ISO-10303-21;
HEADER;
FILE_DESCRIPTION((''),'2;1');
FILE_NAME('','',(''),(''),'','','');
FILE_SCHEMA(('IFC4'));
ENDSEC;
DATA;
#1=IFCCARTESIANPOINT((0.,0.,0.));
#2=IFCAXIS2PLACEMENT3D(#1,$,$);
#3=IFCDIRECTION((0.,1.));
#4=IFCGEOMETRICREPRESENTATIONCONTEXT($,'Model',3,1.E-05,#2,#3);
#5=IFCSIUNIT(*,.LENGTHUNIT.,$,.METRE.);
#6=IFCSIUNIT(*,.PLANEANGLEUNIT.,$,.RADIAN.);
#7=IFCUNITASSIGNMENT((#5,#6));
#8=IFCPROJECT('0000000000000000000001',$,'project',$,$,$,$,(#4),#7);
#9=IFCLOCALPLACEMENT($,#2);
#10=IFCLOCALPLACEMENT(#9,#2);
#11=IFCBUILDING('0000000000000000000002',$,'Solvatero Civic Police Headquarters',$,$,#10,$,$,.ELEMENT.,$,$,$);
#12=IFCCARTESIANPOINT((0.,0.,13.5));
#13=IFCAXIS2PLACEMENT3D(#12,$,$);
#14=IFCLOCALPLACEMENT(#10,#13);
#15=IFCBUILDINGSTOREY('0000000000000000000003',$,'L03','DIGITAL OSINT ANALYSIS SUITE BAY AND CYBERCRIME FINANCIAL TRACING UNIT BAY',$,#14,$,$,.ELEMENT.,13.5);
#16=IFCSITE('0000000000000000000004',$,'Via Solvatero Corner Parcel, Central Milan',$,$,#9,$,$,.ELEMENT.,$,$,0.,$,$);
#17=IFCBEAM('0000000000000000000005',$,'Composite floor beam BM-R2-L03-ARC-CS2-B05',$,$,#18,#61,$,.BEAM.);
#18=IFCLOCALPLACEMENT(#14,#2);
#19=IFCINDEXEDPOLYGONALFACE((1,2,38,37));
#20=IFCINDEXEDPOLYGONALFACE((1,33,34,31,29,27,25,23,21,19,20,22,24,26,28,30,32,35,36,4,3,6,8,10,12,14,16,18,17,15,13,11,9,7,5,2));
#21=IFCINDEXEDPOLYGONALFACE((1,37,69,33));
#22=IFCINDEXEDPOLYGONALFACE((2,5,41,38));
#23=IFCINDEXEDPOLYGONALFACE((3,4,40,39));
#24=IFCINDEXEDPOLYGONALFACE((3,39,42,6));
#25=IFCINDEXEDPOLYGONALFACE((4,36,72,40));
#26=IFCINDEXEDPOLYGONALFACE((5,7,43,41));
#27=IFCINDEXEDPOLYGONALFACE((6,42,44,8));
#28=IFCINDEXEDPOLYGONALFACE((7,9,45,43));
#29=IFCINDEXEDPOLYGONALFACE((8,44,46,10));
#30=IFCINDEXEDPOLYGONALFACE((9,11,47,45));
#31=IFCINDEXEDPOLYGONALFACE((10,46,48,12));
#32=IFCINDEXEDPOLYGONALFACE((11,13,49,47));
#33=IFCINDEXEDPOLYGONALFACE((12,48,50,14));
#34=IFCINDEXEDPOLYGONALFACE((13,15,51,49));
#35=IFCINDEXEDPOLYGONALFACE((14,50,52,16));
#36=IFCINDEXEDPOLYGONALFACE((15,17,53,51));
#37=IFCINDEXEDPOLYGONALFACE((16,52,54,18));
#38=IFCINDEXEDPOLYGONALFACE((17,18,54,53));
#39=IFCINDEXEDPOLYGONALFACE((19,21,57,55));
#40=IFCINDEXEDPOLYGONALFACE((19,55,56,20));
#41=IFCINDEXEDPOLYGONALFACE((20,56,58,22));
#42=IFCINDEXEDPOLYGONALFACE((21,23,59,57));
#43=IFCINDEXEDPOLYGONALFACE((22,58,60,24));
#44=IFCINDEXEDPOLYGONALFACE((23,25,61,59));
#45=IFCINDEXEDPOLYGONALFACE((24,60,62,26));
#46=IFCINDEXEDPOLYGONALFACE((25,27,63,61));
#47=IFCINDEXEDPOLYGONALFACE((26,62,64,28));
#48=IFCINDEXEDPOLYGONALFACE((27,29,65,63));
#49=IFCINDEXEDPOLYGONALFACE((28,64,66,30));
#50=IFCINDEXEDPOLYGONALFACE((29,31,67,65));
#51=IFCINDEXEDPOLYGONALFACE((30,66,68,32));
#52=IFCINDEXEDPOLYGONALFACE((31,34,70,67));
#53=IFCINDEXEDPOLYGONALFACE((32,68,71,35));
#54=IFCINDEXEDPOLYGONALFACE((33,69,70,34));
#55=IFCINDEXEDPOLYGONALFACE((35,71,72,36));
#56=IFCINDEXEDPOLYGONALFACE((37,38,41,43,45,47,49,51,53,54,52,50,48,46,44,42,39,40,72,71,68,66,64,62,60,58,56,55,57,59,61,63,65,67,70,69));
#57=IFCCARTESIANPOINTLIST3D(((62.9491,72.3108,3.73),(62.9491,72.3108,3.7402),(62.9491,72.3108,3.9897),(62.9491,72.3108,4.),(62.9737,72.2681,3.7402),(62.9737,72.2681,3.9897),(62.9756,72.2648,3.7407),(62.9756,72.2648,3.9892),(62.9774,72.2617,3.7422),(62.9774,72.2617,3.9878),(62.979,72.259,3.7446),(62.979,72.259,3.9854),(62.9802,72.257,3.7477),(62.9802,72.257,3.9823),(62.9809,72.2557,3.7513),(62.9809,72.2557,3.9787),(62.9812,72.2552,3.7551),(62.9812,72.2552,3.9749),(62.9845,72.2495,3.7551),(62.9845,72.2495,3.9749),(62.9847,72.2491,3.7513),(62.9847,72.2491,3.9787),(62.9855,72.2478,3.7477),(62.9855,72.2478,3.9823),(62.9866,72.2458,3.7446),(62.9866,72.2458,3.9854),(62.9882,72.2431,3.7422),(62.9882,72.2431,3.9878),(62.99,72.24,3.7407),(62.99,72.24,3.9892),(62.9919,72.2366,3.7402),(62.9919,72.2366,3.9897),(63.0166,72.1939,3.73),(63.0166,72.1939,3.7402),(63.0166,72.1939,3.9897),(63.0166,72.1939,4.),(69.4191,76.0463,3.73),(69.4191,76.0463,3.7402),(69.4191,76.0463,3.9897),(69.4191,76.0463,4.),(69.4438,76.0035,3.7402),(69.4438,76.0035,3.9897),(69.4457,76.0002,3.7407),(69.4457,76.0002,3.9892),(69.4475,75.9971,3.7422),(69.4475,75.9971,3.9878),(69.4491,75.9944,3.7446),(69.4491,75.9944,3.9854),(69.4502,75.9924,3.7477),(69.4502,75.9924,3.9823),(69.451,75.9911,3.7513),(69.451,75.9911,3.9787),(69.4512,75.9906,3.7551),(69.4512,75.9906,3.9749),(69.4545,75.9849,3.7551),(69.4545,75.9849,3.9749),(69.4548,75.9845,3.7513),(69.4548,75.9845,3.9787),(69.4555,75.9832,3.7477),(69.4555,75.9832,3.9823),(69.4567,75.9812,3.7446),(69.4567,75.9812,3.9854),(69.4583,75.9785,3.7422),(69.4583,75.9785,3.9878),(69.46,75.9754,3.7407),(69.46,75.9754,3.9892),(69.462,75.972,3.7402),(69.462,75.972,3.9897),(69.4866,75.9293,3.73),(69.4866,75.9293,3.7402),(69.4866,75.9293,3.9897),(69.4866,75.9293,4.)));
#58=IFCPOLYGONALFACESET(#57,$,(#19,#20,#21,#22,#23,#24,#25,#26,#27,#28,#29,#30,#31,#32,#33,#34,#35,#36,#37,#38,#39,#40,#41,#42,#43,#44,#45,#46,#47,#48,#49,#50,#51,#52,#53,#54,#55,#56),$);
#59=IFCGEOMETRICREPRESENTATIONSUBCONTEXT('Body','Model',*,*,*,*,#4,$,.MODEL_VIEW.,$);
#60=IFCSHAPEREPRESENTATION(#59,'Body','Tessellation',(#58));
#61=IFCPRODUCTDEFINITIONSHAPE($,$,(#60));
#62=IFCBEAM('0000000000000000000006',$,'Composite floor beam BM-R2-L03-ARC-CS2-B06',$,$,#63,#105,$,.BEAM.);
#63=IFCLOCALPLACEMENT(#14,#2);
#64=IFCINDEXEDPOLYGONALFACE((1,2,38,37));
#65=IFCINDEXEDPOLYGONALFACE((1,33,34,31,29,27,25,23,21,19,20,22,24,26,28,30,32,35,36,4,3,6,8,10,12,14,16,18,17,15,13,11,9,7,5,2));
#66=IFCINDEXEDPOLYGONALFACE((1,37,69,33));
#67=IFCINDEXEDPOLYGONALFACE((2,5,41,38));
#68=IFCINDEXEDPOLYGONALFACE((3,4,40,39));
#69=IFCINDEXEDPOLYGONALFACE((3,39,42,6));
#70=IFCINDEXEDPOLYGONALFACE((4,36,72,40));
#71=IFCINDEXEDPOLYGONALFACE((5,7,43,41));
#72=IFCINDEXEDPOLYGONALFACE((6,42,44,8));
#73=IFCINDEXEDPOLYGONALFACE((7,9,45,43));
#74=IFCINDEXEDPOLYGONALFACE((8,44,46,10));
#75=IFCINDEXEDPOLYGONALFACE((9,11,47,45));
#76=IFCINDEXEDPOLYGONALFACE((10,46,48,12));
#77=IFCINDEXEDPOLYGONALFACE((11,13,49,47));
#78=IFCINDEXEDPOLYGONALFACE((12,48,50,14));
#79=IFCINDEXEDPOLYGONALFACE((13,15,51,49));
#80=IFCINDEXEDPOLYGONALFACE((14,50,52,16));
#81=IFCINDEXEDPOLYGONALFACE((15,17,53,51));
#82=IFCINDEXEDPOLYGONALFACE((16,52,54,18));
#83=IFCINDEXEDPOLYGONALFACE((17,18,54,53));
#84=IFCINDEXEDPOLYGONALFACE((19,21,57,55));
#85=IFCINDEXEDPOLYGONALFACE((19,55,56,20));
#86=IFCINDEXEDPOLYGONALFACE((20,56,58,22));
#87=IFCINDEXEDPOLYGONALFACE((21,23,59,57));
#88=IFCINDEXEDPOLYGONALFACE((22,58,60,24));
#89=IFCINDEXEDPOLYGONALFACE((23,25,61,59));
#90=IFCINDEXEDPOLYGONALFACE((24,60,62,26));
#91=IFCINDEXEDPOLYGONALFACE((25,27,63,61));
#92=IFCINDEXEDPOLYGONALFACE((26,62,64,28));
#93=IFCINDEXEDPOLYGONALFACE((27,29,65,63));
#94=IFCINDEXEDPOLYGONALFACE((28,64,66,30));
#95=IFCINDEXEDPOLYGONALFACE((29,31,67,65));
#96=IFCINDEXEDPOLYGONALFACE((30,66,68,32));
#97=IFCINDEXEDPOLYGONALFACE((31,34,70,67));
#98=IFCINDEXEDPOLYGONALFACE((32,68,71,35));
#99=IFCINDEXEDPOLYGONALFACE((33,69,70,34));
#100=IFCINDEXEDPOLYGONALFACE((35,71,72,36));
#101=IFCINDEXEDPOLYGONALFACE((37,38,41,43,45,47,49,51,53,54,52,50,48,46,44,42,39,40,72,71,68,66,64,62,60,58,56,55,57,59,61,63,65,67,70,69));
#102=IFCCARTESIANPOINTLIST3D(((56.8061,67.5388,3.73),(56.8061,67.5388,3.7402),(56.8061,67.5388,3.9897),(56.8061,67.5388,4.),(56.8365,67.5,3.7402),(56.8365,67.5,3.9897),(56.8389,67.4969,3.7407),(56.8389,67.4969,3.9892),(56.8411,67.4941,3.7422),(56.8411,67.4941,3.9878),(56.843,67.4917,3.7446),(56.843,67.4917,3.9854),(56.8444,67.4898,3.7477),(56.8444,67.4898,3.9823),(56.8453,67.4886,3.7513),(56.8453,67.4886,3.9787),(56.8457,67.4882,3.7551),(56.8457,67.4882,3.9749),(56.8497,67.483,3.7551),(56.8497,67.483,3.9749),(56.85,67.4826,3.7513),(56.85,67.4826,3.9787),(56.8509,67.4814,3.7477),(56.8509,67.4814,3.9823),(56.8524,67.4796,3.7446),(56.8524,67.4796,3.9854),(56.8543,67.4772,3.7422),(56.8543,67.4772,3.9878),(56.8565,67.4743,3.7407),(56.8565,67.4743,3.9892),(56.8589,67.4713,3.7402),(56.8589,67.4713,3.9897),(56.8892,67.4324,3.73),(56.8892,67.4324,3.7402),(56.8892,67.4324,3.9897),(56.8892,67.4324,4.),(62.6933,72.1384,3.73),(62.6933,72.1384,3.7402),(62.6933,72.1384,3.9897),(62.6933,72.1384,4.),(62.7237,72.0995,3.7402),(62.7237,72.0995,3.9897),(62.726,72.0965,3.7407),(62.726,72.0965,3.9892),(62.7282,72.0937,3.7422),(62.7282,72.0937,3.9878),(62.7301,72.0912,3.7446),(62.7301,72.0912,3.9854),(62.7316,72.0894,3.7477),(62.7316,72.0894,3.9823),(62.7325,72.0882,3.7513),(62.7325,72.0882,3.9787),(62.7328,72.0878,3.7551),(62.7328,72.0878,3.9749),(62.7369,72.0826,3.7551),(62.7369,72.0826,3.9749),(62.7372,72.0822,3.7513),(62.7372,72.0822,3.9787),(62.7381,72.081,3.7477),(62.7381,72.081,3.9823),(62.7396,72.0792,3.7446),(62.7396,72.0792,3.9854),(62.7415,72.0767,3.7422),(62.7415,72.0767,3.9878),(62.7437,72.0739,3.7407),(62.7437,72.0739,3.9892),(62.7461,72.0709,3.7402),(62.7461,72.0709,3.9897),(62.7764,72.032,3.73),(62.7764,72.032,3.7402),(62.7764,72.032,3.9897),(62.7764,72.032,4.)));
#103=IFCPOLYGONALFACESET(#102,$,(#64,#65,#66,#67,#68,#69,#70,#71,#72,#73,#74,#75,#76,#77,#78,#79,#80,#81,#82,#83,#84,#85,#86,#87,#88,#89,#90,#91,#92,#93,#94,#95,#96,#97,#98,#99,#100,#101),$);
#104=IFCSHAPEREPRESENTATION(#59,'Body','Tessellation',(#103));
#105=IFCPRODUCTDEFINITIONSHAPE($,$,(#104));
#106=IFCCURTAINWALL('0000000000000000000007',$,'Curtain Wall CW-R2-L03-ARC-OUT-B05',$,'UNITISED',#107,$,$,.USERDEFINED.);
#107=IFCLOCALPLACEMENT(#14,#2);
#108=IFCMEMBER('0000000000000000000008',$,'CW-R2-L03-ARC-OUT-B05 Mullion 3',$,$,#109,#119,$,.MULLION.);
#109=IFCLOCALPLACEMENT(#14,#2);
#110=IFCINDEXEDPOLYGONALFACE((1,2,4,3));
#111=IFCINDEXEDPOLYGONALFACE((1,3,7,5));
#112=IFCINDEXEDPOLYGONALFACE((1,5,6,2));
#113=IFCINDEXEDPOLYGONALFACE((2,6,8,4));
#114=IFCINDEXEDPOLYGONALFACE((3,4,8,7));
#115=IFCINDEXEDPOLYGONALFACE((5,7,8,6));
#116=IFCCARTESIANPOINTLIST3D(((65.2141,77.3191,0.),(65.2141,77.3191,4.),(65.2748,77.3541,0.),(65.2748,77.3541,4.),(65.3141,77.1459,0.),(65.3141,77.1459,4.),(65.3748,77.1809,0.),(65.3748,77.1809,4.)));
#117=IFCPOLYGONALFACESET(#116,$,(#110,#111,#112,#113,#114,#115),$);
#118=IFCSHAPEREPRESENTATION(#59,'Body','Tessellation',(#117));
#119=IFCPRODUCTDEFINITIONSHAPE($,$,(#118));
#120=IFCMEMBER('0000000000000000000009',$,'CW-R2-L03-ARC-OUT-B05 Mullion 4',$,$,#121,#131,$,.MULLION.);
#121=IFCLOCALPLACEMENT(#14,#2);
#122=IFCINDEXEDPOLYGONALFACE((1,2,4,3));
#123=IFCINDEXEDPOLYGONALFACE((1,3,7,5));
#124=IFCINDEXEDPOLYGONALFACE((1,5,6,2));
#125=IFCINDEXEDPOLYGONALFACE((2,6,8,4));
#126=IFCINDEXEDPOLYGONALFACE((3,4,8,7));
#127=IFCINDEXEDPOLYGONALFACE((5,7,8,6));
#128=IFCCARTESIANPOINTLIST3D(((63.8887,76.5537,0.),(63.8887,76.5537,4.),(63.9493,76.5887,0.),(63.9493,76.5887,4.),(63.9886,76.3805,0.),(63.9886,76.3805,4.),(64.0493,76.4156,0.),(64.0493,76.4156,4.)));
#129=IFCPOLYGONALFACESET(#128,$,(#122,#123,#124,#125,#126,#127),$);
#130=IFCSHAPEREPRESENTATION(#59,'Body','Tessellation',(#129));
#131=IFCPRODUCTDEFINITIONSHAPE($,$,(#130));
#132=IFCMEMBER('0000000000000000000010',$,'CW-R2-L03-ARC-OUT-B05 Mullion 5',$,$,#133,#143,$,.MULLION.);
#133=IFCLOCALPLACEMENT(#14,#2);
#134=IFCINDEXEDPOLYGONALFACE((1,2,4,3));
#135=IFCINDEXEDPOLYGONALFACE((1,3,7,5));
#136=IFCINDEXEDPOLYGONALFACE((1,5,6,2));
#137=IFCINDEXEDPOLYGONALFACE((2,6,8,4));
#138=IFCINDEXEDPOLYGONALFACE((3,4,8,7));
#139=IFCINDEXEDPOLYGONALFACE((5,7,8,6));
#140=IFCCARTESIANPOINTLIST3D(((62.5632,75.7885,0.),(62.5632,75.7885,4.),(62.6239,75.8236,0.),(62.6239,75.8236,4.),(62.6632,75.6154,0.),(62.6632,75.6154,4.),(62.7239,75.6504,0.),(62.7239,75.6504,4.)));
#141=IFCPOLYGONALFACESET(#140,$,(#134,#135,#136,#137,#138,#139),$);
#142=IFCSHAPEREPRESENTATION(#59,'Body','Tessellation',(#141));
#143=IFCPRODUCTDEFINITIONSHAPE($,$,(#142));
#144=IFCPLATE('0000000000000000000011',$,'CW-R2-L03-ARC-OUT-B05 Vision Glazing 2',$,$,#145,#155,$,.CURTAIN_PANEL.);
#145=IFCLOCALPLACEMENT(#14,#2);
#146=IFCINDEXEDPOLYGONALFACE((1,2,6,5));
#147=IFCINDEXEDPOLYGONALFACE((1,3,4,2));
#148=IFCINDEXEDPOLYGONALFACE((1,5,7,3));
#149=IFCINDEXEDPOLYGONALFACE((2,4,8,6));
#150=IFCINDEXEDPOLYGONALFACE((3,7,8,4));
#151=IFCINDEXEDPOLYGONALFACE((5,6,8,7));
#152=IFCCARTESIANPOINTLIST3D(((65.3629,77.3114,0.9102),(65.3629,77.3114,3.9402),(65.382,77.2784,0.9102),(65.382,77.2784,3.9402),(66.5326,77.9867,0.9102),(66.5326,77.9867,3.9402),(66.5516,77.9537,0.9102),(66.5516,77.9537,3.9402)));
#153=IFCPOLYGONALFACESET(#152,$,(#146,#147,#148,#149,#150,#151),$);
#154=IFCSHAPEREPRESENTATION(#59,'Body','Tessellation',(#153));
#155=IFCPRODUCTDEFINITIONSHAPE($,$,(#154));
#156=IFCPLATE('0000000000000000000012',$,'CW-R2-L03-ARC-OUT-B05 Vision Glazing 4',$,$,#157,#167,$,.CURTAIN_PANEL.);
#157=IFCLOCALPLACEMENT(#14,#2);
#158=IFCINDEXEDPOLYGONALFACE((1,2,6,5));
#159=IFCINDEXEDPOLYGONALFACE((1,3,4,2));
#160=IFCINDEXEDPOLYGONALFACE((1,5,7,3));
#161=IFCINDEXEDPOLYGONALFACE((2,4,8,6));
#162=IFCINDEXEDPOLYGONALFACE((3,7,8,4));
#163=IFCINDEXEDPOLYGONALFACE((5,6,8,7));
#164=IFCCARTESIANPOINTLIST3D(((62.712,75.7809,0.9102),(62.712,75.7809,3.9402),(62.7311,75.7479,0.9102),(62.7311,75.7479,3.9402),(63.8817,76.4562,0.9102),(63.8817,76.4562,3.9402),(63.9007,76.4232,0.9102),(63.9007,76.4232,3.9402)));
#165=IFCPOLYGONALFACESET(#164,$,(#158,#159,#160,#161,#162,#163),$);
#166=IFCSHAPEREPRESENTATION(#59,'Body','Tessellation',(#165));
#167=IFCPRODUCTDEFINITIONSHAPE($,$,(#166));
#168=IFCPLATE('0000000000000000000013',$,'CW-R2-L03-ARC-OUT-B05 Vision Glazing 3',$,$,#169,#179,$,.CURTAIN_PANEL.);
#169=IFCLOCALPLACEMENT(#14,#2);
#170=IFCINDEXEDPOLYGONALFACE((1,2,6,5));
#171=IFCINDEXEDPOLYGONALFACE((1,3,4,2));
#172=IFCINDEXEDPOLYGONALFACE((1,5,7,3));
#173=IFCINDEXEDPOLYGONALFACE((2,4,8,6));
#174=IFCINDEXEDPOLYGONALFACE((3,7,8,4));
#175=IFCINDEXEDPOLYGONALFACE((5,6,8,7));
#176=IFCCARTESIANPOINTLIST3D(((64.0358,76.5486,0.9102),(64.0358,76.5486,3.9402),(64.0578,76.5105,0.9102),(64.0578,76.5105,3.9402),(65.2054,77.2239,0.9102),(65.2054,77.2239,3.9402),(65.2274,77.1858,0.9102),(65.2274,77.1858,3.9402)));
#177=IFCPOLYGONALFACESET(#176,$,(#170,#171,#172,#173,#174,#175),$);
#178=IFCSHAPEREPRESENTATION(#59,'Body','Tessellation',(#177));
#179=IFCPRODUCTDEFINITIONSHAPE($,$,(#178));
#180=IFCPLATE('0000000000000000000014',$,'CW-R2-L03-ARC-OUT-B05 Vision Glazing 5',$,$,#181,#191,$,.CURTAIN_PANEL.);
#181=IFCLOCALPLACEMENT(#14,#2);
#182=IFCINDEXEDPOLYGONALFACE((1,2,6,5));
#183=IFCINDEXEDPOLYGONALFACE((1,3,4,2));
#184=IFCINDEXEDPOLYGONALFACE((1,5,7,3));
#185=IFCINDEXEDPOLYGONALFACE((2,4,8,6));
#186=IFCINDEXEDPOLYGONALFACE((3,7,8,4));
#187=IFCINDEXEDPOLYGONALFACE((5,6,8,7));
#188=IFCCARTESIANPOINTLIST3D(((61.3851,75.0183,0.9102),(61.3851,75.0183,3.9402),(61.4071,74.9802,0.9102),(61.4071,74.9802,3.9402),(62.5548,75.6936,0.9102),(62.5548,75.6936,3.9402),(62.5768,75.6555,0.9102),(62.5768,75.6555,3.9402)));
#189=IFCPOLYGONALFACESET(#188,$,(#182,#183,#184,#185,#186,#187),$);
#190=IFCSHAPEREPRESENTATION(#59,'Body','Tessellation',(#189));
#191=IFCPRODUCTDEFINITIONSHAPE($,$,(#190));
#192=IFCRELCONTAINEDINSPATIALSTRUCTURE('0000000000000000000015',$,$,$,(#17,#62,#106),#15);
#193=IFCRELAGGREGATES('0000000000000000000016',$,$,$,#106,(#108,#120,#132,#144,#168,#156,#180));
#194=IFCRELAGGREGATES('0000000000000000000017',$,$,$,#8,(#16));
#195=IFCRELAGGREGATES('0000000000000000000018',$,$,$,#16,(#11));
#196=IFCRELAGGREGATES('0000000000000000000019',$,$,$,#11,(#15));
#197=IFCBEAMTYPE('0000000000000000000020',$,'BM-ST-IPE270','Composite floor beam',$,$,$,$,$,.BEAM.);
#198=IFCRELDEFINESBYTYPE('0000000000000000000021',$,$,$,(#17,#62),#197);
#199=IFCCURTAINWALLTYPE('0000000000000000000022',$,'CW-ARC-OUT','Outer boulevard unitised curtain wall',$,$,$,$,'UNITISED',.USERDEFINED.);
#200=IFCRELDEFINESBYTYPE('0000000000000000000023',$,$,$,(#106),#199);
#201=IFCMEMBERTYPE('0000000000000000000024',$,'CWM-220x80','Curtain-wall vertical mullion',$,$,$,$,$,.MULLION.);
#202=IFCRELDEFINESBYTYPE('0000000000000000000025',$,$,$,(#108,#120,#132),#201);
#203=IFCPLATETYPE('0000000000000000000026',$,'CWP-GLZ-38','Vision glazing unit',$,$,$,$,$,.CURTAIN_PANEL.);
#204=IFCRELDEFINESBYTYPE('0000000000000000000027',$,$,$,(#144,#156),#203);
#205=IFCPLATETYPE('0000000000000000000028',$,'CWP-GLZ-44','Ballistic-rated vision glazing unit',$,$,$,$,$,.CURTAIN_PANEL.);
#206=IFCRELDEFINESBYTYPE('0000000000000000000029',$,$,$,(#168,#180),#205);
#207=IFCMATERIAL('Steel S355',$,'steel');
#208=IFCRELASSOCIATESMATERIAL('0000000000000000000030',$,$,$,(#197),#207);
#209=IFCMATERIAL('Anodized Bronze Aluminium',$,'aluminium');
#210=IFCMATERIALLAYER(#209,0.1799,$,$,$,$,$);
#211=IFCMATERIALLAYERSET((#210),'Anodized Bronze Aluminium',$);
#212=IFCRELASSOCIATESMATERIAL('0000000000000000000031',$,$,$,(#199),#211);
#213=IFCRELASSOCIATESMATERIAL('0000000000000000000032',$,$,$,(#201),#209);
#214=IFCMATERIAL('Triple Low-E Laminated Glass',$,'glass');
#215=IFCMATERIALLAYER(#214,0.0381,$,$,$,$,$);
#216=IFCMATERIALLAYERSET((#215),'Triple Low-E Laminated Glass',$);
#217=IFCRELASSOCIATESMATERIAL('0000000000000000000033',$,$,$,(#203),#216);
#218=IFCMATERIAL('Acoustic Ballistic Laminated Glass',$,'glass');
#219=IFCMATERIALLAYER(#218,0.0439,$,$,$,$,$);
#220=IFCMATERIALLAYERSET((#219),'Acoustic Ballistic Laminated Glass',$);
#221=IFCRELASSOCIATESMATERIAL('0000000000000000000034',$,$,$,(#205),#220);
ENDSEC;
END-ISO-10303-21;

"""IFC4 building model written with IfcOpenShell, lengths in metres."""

from ifc_helpers import new_model, si_unit, direction, frame, origin, origin_2d, place, context, subcontext, project, spatial, rectangle, i_section, extrude, material, layer, layer_set, material_profile, profile_set, type_object, element, aggregate, save


model = new_model("IFC4")

# Units and contexts
model_context = context("Model", 3, precision=1e-05, world=origin(), true_north=direction((0.0, 1.0)))
body_context = subcontext(model_context, "Body", "Model", "MODEL_VIEW")
ifc_project = project(units=[si_unit("LENGTHUNIT", "METRE"), si_unit("PLANEANGLEUNIT", "RADIAN")], contexts=[model_context])

# Site, building, storey
site_placement = place(None, origin())
site = spatial("IfcSite", under=ifc_project, at=site_placement, Name="Via Solvatero Corner Parcel, Central Milan", CompositionType="ELEMENT", RefElevation=0.0)
building_placement = place(site_placement, origin())
building = spatial("IfcBuilding", under=site, at=building_placement, Name="Solvatero Civic Police Headquarters", CompositionType="ELEMENT")
storey_placement = place(building_placement, frame((0.0, 0.0, 13.5)))
storey = spatial("IfcBuildingStorey", under=building, at=storey_placement, Name="L03", Description="DIGITAL OSINT ANALYSIS SUITE BAY AND CYBERCRIME FINANCIAL TRACING UNIT BAY", CompositionType="ELEMENT", Elevation=13.5)

# Beams
ifc_material_1 = material(Name="Steel S355", Category="steel")
ifc_material_profile_1 = material_profile(ifc_material_1, i_section(OverallWidth=0.135, OverallDepth=0.27, WebThickness=0.0066, FlangeThickness=0.0103, FilletRadius=0.0149, at=origin_2d()), Name="IPE 270")
ifc_profile_set_1 = profile_set([ifc_material_profile_1], Name="Steel S355")
beam_type = type_object("IfcBeamType", Name="BM-ST-IPE270", Description="Composite floor beam", PredefinedType="BEAM", material=ifc_profile_set_1)
for number, where, z_axis, x_axis, name in (
    (1, (69.4529, 75.9878, 3.865), (-0.86603, -0.499991, 0.0), (0.499991, -0.86603, 0.0), "Composite floor beam BM-R2-L03-ARC-CS2-B05"),
    (2, (62.7349, 72.0852, 3.865), (-0.78801, -0.615663, 0.0), (0.615663, -0.78801, 0.0), "Composite floor beam BM-R2-L03-ARC-CS2-B06"),
):
    element("IfcBeam", number, at=place(storey_placement, frame(where, z_axis=z_axis, x_axis=x_axis)), inside=storey, type_object=beam_type, Name=name, PredefinedType="BEAM", context=body_context, shape_type="SweptSolid", body=[
        extrude(i_section(OverallWidth=0.135, OverallDepth=0.27, WebThickness=0.0066, FlangeThickness=0.0103, FilletRadius=0.0149, at=origin_2d()), origin(), (0.0, 0.0, 1.0), 7.4709),
    ])

# Curtain wall, members, plates
ifc_material_2 = material(Name="Anodized Bronze Aluminium", Category="aluminium")
ifc_layer_1 = layer(ifc_material_2, 0.1799)
ifc_layer_set_1 = layer_set([ifc_layer_1], Name="Anodized Bronze Aluminium")
curtain_wall_type = type_object("IfcCurtainWallType", Name="CW-ARC-OUT", Description="Outer boulevard unitised curtain wall", ElementType="UNITISED", PredefinedType="USERDEFINED", material=ifc_layer_set_1)
curtain_wall_placement = place(storey_placement, origin())
curtain_wall = element("IfcCurtainWall", 3, at=curtain_wall_placement, inside=storey, type_object=curtain_wall_type, Name="Curtain Wall CW-R2-L03-ARC-OUT-B05", ObjectType="UNITISED", PredefinedType="USERDEFINED")
ifc_material_profile_2 = material_profile(ifc_material_2, rectangle(XDim=0.0701, YDim=0.2, at=origin_2d()), Name="ALU MULLION 70x200")
ifc_profile_set_2 = profile_set([ifc_material_profile_2], Name="Anodized Bronze Aluminium")
member_type = type_object("IfcMemberType", Name="CWM-220x80", Description="Curtain-wall vertical mullion", PredefinedType="MULLION", material=ifc_profile_set_2)
member_1_placement = place(storey_placement, frame((65.2944, 77.25, 0.0), z_axis=(0.0, 0.0, 1.0), x_axis=(-0.866034, -0.499985, 0.0)))
member_1 = element("IfcMember", 4, at=member_1_placement, type_object=member_type, Name="CW-R2-L03-ARC-OUT-B05 Mullion 3", PredefinedType="MULLION", context=body_context, shape_type="SweptSolid", body=[
    extrude(rectangle(XDim=0.0701, YDim=0.2, at=origin_2d()), origin(), (0.0, 0.0, 1.0), 4.0),
])
member_2_placement = place(storey_placement, frame((63.969, 76.4846, 0.0), z_axis=(0.0, 0.0, 1.0), x_axis=(-0.866034, -0.499985, 0.0)))
member_2 = element("IfcMember", 5, at=member_2_placement, type_object=member_type, Name="CW-R2-L03-ARC-OUT-B05 Mullion 4", PredefinedType="MULLION", context=body_context, shape_type="SweptSolid", body=[
    extrude(rectangle(XDim=0.0701, YDim=0.2, at=origin_2d()), origin(), (0.0, 0.0, 1.0), 4.0),
])
member_3_placement = place(storey_placement, frame((62.6436, 75.7195, 0.0), z_axis=(0.0, 0.0, 1.0), x_axis=(-0.866034, -0.499985, 0.0)))
member_3 = element("IfcMember", 6, at=member_3_placement, type_object=member_type, Name="CW-R2-L03-ARC-OUT-B05 Mullion 5", PredefinedType="MULLION", context=body_context, shape_type="SweptSolid", body=[
    extrude(rectangle(XDim=0.0701, YDim=0.2, at=origin_2d()), origin(), (0.0, 0.0, 1.0), 4.0),
])
ifc_material_3 = material(Name="Triple Low-E Laminated Glass", Category="glass")
ifc_layer_2 = layer(ifc_material_3, 0.0381)
ifc_layer_set_2 = layer_set([ifc_layer_2], Name="Triple Low-E Laminated Glass")
plate_type_1 = type_object("IfcPlateType", Name="CWP-GLZ-38", Description="Vision glazing unit", PredefinedType="CURTAIN_PANEL", material=ifc_layer_set_2)
plate_1_placement = place(storey_placement, frame((65.9573, 77.6326, 0.9102), z_axis=(0.0, 0.0, 1.0), x_axis=(-0.866034, -0.499985, 0.0)))
plate_1 = element("IfcPlate", 7, at=plate_1_placement, type_object=plate_type_1, Name="CW-R2-L03-ARC-OUT-B05 Vision Glazing 2", PredefinedType="CURTAIN_PANEL", context=body_context, shape_type="SweptSolid", body=[
    extrude(rectangle(XDim=1.3506, YDim=0.0381, at=origin_2d()), origin(), (0.0, 0.0, 1.0), 3.03),
])
plate_2_placement = place(storey_placement, frame((63.3064, 76.1021, 0.9102), z_axis=(0.0, 0.0, 1.0), x_axis=(-0.866034, -0.499985, 0.0)))
plate_2 = element("IfcPlate", 8, at=plate_2_placement, type_object=plate_type_1, Name="CW-R2-L03-ARC-OUT-B05 Vision Glazing 4", PredefinedType="CURTAIN_PANEL", context=body_context, shape_type="SweptSolid", body=[
    extrude(rectangle(XDim=1.3506, YDim=0.0381, at=origin_2d()), origin(), (0.0, 0.0, 1.0), 3.03),
])
ifc_material_4 = material(Name="Acoustic Ballistic Laminated Glass", Category="glass")
ifc_layer_3 = layer(ifc_material_4, 0.0439)
ifc_layer_set_3 = layer_set([ifc_layer_3], Name="Acoustic Ballistic Laminated Glass")
plate_type_2 = type_object("IfcPlateType", Name="CWP-GLZ-44", Description="Ballistic-rated vision glazing unit", PredefinedType="CURTAIN_PANEL", material=ifc_layer_set_3)
plate_3_placement = place(storey_placement, frame((64.6316, 76.8672, 0.9102), z_axis=(0.0, 0.0, 1.0), x_axis=(-0.866034, -0.499985, 0.0)))
plate_3 = element("IfcPlate", 9, at=plate_3_placement, type_object=plate_type_2, Name="CW-R2-L03-ARC-OUT-B05 Vision Glazing 3", PredefinedType="CURTAIN_PANEL", context=body_context, shape_type="SweptSolid", body=[
    extrude(rectangle(XDim=1.3506, YDim=0.0439, at=origin_2d()), origin(), (0.0, 0.0, 1.0), 3.03),
])
plate_4_placement = place(storey_placement, frame((61.981, 75.3369, 0.9102), z_axis=(0.0, 0.0, 1.0), x_axis=(-0.866034, -0.499985, 0.0)))
plate_4 = element("IfcPlate", 10, at=plate_4_placement, type_object=plate_type_2, Name="CW-R2-L03-ARC-OUT-B05 Vision Glazing 5", PredefinedType="CURTAIN_PANEL", context=body_context, shape_type="SweptSolid", body=[
    extrude(rectangle(XDim=1.3506, YDim=0.0439, at=origin_2d()), origin(), (0.0, 0.0, 1.0), 3.03),
])
aggregate(curtain_wall, [member_1, member_2, member_3, plate_1, plate_3, plate_2, plate_4])

save(model, "model.ifc")
